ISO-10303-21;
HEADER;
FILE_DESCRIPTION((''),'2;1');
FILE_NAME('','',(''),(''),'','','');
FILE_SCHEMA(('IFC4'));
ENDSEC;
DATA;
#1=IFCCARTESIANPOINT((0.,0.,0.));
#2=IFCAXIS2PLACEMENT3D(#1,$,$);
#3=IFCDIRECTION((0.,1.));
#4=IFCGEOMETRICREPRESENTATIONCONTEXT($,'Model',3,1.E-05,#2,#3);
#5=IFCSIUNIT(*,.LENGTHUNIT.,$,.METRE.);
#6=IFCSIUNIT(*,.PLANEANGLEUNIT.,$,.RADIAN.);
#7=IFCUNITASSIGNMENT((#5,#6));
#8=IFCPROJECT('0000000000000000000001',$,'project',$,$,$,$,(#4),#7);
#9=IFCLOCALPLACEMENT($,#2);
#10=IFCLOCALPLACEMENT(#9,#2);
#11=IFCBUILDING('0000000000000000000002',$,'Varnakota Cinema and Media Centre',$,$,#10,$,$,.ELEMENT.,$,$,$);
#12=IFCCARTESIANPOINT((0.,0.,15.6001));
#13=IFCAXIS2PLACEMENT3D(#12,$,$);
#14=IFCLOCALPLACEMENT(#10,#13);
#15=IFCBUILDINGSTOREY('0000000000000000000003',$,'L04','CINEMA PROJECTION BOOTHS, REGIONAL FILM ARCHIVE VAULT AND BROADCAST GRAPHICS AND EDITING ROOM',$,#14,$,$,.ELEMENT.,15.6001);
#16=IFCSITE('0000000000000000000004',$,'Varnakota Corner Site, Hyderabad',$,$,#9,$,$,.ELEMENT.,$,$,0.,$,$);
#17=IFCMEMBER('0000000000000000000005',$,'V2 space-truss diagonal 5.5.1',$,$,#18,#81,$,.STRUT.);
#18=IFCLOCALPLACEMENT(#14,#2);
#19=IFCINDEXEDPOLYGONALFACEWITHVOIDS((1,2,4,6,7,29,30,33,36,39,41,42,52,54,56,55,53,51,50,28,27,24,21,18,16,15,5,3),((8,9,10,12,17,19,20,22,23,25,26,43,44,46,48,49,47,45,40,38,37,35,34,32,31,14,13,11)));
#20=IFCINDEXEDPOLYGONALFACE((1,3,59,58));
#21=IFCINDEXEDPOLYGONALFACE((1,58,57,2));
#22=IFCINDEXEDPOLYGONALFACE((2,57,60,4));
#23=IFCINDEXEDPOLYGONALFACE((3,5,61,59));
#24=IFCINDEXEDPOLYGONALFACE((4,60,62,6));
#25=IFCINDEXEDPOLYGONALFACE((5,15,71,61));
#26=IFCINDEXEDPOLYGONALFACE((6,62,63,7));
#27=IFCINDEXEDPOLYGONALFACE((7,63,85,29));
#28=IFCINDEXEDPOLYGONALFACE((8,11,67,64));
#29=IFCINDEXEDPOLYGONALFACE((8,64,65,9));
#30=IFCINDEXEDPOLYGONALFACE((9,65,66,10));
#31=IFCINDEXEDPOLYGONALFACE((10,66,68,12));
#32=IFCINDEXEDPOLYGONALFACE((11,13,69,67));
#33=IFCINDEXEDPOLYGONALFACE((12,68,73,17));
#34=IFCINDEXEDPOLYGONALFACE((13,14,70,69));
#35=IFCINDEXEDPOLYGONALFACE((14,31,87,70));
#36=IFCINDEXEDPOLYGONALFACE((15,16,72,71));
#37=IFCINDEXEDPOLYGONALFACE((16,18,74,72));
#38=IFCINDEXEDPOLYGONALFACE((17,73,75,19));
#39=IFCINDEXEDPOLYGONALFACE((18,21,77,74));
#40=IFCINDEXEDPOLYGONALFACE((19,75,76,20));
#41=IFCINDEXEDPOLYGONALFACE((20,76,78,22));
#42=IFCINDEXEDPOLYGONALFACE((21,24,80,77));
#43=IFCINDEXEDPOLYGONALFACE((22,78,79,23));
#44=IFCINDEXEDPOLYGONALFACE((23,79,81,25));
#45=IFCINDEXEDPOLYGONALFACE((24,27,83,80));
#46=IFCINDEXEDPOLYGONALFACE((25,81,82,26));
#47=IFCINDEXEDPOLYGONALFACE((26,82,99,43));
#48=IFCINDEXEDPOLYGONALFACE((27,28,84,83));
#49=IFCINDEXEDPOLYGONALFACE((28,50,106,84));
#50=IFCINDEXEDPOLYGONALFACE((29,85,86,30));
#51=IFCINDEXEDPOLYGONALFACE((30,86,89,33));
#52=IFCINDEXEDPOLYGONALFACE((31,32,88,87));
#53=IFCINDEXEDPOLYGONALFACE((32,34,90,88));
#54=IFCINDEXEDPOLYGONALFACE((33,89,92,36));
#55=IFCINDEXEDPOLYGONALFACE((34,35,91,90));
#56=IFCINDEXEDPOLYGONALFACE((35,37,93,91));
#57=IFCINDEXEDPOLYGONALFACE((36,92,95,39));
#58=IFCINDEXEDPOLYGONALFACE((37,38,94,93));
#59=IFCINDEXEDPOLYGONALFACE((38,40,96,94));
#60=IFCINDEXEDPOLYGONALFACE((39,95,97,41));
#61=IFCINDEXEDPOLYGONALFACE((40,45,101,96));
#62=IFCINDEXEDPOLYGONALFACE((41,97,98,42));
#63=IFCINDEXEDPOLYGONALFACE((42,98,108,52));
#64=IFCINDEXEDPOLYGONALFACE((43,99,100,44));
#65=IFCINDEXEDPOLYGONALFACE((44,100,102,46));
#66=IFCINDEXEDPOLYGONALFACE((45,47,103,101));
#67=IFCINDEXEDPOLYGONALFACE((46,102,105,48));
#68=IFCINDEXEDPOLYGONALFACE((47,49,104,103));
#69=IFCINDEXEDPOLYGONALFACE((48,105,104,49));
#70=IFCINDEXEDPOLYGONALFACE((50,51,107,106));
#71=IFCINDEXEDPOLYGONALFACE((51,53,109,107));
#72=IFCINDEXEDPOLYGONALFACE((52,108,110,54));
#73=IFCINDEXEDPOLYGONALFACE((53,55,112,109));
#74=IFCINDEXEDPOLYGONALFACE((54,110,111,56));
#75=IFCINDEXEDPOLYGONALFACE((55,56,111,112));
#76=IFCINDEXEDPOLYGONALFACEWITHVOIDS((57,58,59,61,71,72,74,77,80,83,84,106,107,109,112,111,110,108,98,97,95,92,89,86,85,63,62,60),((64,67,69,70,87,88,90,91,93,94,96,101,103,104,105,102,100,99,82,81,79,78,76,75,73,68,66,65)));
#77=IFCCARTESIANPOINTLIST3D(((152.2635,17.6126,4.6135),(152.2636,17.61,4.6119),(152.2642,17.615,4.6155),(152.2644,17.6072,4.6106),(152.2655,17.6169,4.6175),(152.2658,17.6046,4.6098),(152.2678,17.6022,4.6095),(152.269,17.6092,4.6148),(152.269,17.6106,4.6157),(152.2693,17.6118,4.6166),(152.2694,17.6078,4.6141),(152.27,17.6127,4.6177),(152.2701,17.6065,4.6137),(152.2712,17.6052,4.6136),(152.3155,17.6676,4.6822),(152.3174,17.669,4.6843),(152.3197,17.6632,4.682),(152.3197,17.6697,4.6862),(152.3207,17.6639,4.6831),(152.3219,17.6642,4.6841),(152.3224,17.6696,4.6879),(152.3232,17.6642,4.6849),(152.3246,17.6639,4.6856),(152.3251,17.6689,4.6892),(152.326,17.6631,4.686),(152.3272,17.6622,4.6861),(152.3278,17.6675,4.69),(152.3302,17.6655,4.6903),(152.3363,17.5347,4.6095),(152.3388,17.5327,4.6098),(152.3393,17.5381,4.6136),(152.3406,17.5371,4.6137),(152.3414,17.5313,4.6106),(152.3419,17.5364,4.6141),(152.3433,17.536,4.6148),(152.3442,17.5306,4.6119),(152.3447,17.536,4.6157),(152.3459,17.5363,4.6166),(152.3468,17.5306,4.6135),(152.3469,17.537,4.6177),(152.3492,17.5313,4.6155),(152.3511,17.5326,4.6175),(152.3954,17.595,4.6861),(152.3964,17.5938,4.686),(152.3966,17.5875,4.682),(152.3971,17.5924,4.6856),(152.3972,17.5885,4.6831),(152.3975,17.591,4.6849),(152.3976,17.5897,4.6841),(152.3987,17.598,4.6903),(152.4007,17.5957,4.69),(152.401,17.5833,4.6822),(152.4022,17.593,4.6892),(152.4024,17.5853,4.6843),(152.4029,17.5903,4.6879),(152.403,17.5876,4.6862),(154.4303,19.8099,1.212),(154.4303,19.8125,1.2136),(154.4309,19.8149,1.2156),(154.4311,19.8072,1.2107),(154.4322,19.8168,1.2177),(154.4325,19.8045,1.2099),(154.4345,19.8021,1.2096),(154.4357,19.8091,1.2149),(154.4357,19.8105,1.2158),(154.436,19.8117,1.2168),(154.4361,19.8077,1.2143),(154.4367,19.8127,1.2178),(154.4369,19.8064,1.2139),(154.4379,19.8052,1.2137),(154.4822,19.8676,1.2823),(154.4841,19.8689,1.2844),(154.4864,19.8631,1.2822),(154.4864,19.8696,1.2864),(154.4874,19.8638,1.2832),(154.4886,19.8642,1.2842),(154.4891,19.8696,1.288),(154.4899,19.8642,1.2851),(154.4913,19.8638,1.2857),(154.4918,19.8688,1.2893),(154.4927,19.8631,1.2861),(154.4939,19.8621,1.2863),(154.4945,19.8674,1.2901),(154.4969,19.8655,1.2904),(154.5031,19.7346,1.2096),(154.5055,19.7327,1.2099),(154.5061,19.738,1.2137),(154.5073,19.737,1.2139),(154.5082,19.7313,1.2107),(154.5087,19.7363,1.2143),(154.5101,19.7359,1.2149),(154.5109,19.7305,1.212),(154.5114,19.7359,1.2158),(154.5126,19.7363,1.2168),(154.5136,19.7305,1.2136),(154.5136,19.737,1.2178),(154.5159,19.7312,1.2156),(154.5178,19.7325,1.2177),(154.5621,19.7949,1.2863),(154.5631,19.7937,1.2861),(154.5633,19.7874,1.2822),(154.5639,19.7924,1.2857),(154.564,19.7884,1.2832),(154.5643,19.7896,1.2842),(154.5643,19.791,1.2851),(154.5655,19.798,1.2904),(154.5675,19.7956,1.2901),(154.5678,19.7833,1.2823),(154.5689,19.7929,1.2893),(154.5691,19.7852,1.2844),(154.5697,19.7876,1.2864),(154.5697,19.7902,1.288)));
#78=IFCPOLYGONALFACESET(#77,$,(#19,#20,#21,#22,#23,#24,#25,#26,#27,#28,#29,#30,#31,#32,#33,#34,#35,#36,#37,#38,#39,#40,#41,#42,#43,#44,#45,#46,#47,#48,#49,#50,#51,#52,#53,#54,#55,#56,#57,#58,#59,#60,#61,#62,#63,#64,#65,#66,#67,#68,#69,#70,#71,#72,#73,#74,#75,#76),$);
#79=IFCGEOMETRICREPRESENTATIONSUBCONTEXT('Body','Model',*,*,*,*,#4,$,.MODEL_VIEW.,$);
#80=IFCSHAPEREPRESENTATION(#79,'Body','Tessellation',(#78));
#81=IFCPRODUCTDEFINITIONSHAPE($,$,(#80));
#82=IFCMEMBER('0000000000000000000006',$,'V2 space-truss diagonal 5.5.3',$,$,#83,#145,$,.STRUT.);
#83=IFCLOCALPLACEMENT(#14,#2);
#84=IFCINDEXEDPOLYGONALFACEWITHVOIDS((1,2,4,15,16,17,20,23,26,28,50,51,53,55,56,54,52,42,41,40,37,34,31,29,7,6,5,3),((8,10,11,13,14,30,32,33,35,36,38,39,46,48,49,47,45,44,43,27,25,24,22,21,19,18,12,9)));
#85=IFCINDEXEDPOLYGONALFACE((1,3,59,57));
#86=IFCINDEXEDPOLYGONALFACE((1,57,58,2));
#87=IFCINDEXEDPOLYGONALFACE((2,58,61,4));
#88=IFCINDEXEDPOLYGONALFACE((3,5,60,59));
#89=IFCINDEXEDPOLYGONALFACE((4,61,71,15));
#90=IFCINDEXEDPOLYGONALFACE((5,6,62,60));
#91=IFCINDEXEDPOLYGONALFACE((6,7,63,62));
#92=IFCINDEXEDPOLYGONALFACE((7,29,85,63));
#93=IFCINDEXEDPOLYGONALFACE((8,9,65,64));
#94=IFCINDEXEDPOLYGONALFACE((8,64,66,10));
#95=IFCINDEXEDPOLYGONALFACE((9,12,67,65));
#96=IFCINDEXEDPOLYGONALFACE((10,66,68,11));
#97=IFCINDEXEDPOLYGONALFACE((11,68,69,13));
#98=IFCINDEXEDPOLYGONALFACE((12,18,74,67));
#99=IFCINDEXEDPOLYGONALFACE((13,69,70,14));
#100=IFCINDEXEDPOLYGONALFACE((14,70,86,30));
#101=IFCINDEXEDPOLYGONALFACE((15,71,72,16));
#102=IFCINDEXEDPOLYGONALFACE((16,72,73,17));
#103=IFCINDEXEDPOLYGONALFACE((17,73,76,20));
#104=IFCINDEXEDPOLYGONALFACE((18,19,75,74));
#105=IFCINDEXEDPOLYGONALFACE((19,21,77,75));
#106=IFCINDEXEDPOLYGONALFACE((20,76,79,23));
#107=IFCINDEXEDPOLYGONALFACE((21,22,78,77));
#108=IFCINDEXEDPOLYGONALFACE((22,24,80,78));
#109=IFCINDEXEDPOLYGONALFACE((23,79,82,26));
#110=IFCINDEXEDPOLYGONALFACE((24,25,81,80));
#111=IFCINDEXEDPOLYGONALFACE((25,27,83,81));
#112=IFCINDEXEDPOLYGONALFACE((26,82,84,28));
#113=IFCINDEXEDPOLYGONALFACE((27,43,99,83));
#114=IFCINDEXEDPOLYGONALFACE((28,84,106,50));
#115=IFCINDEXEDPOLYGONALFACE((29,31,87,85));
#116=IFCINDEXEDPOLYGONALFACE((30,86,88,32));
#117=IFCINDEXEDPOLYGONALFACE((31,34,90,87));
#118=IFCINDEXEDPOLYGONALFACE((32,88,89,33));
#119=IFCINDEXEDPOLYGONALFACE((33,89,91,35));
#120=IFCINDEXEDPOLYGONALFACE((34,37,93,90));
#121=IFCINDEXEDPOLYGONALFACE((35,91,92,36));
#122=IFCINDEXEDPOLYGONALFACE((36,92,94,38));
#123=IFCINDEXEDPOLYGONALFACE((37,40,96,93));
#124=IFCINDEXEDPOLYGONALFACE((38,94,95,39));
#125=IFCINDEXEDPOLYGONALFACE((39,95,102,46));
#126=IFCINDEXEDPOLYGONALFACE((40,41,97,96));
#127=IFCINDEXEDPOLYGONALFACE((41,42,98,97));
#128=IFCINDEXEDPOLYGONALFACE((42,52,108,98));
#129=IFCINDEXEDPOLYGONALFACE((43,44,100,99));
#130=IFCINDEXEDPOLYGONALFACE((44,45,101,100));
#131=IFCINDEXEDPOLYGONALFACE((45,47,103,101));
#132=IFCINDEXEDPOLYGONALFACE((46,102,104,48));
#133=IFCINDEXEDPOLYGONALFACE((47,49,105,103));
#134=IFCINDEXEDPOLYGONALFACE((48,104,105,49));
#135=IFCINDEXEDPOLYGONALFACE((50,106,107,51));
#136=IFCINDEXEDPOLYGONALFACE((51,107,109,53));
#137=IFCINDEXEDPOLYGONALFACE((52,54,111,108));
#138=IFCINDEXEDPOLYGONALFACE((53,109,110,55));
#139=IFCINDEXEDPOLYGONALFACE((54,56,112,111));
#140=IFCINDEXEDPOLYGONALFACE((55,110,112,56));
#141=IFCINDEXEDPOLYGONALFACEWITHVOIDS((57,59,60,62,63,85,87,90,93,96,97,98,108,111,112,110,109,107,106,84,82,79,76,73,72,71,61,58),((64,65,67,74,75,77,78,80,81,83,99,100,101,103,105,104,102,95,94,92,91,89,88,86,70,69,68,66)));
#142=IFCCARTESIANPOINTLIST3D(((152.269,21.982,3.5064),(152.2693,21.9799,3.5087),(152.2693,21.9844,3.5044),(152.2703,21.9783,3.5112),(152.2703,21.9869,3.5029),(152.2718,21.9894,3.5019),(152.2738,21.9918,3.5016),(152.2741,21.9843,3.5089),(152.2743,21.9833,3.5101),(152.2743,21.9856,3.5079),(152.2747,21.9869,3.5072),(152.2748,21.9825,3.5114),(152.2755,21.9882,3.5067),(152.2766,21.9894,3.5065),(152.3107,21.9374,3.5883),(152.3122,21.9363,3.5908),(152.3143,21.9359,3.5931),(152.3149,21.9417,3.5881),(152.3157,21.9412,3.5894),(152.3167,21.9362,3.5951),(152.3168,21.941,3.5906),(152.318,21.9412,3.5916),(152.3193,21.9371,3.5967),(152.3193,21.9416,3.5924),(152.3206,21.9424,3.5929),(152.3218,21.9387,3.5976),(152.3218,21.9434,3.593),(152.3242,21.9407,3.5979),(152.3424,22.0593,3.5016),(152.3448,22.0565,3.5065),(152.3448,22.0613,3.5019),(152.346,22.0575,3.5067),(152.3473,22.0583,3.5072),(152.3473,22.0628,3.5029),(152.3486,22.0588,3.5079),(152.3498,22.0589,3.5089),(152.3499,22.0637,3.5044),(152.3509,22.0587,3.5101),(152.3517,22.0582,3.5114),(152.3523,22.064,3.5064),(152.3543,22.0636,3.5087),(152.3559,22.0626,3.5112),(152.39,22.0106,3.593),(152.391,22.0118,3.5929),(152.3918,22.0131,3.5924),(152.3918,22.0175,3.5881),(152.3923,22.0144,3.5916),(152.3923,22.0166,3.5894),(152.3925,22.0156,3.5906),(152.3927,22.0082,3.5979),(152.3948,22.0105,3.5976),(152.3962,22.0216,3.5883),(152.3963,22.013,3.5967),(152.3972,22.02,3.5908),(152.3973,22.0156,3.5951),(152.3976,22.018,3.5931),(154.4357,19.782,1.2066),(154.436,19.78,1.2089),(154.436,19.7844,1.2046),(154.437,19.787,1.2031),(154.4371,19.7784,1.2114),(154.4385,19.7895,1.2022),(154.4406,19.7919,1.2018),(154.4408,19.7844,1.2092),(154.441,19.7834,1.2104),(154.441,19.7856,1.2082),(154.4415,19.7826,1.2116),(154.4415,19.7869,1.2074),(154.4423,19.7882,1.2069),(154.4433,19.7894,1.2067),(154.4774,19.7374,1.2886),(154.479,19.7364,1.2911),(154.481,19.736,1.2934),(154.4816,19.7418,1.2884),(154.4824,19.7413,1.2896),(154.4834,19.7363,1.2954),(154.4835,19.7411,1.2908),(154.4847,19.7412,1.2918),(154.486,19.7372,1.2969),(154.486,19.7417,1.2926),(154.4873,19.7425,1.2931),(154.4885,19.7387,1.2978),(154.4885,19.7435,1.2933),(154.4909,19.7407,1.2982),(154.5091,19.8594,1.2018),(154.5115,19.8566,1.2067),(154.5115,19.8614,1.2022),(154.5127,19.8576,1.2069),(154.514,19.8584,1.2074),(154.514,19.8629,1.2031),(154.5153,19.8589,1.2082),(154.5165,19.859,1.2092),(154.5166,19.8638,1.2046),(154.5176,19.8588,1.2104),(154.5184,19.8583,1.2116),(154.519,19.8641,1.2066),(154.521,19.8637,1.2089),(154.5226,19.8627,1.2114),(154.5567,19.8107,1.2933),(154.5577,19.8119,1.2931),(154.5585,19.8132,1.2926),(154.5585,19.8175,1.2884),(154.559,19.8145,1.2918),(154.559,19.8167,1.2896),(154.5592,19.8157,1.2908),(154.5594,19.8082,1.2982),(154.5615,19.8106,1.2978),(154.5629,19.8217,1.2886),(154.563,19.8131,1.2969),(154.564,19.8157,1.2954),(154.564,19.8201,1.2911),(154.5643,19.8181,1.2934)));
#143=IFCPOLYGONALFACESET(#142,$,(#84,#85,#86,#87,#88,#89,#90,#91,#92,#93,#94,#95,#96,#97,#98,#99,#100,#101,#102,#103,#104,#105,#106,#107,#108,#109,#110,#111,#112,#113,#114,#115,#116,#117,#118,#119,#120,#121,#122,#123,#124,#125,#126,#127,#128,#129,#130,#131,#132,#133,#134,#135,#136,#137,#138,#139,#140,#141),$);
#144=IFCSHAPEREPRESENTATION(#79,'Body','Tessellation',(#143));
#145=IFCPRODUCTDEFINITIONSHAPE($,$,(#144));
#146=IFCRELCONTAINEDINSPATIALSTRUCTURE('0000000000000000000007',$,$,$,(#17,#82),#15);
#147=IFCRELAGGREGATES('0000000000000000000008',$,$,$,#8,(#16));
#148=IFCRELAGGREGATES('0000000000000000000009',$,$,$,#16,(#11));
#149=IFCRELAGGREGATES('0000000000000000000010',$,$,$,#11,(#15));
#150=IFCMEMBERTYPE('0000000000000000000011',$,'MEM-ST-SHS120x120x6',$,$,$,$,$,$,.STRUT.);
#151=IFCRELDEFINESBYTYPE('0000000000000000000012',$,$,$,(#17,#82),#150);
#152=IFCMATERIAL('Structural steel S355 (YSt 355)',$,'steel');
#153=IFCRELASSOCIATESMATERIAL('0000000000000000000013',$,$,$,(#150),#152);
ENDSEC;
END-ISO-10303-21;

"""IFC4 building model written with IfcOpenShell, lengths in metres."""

from ifc_helpers import new_model, si_unit, direction, frame, origin, origin_2d, place, context, subcontext, project, spatial, hollow_rectangle, extrude, material, material_profile, profile_set, type_object, element, save


model = new_model("IFC4")

# Units and contexts
model_context = context("Model", 3, precision=1e-05, world=origin(), true_north=direction((0.0, 1.0)))
body_context = subcontext(model_context, "Body", "Model", "MODEL_VIEW")
ifc_project = project(units=[si_unit("LENGTHUNIT", "METRE"), si_unit("PLANEANGLEUNIT", "RADIAN")], contexts=[model_context])

# Site, building, storey
site_placement = place(None, origin())
site = spatial("IfcSite", under=ifc_project, at=site_placement, Name="Varnakota Corner Site, Hyderabad", CompositionType="ELEMENT", RefElevation=0.0)
building_placement = place(site_placement, origin())
building = spatial("IfcBuilding", under=site, at=building_placement, Name="Varnakota Cinema and Media Centre", CompositionType="ELEMENT")
storey_placement = place(building_placement, frame((0.0, 0.0, 15.6001)))
storey = spatial("IfcBuildingStorey", under=building, at=storey_placement, Name="L04", Description="CINEMA PROJECTION BOOTHS, REGIONAL FILM ARCHIVE VAULT AND BROADCAST GRAPHICS AND EDITING ROOM", CompositionType="ELEMENT", Elevation=15.6001)

# Members
ifc_material_1 = material(Name="Structural steel S355 (YSt 355)", Category="steel")
ifc_material_profile_1 = material_profile(ifc_material_1, hollow_rectangle(XDim=0.1201, YDim=0.1201, WallThickness=0.0061, InnerFilletRadius=0.0061, OuterFilletRadius=0.012, at=origin_2d()), Name="SHS 120x120x6")
ifc_profile_set_1 = profile_set([ifc_material_profile_1], Name="Structural steel S355 (YSt 355)")
member_type_1 = type_object("IfcMemberType", Name="MEM-ST-SHS120x120x6", PredefinedType="STRUT", material=ifc_profile_set_1)
member_1_placement = place(storey_placement, frame((154.5, 19.8, 1.25), z_axis=(-0.471769, -0.478999, 0.740266), x_axis=(0.712463, -0.70171, 0.0)))
element("IfcMember", 1, at=member_1_placement, inside=storey, type_object=member_type_1, Name="V2 space-truss diagonal 5.5.1", PredefinedType="STRUT", context=body_context, shape_type="SweptSolid", body=[
    extrude(hollow_rectangle(XDim=0.1201, YDim=0.1201, WallThickness=0.0061, InnerFilletRadius=0.0061, OuterFilletRadius=0.012, at=origin_2d()), origin(), (0.0, 0.0, 1.0), 4.5928),
])
member_2_placement = place(storey_placement, frame((154.5, 19.8, 1.25), z_axis=(-0.562769, 0.571393, 0.597328), x_axis=(-0.712463, -0.70171, 0.0)))
element("IfcMember", 2, at=member_2_placement, inside=storey, type_object=member_type_1, Name="V2 space-truss diagonal 5.5.3", PredefinedType="STRUT", context=body_context, shape_type="SweptSolid", body=[
    extrude(hollow_rectangle(XDim=0.1201, YDim=0.1201, WallThickness=0.0061, InnerFilletRadius=0.0061, OuterFilletRadius=0.012, at=origin_2d()), origin(), (0.0, 0.0, 1.0), 3.8501),
])

save(model, "model.ifc")
